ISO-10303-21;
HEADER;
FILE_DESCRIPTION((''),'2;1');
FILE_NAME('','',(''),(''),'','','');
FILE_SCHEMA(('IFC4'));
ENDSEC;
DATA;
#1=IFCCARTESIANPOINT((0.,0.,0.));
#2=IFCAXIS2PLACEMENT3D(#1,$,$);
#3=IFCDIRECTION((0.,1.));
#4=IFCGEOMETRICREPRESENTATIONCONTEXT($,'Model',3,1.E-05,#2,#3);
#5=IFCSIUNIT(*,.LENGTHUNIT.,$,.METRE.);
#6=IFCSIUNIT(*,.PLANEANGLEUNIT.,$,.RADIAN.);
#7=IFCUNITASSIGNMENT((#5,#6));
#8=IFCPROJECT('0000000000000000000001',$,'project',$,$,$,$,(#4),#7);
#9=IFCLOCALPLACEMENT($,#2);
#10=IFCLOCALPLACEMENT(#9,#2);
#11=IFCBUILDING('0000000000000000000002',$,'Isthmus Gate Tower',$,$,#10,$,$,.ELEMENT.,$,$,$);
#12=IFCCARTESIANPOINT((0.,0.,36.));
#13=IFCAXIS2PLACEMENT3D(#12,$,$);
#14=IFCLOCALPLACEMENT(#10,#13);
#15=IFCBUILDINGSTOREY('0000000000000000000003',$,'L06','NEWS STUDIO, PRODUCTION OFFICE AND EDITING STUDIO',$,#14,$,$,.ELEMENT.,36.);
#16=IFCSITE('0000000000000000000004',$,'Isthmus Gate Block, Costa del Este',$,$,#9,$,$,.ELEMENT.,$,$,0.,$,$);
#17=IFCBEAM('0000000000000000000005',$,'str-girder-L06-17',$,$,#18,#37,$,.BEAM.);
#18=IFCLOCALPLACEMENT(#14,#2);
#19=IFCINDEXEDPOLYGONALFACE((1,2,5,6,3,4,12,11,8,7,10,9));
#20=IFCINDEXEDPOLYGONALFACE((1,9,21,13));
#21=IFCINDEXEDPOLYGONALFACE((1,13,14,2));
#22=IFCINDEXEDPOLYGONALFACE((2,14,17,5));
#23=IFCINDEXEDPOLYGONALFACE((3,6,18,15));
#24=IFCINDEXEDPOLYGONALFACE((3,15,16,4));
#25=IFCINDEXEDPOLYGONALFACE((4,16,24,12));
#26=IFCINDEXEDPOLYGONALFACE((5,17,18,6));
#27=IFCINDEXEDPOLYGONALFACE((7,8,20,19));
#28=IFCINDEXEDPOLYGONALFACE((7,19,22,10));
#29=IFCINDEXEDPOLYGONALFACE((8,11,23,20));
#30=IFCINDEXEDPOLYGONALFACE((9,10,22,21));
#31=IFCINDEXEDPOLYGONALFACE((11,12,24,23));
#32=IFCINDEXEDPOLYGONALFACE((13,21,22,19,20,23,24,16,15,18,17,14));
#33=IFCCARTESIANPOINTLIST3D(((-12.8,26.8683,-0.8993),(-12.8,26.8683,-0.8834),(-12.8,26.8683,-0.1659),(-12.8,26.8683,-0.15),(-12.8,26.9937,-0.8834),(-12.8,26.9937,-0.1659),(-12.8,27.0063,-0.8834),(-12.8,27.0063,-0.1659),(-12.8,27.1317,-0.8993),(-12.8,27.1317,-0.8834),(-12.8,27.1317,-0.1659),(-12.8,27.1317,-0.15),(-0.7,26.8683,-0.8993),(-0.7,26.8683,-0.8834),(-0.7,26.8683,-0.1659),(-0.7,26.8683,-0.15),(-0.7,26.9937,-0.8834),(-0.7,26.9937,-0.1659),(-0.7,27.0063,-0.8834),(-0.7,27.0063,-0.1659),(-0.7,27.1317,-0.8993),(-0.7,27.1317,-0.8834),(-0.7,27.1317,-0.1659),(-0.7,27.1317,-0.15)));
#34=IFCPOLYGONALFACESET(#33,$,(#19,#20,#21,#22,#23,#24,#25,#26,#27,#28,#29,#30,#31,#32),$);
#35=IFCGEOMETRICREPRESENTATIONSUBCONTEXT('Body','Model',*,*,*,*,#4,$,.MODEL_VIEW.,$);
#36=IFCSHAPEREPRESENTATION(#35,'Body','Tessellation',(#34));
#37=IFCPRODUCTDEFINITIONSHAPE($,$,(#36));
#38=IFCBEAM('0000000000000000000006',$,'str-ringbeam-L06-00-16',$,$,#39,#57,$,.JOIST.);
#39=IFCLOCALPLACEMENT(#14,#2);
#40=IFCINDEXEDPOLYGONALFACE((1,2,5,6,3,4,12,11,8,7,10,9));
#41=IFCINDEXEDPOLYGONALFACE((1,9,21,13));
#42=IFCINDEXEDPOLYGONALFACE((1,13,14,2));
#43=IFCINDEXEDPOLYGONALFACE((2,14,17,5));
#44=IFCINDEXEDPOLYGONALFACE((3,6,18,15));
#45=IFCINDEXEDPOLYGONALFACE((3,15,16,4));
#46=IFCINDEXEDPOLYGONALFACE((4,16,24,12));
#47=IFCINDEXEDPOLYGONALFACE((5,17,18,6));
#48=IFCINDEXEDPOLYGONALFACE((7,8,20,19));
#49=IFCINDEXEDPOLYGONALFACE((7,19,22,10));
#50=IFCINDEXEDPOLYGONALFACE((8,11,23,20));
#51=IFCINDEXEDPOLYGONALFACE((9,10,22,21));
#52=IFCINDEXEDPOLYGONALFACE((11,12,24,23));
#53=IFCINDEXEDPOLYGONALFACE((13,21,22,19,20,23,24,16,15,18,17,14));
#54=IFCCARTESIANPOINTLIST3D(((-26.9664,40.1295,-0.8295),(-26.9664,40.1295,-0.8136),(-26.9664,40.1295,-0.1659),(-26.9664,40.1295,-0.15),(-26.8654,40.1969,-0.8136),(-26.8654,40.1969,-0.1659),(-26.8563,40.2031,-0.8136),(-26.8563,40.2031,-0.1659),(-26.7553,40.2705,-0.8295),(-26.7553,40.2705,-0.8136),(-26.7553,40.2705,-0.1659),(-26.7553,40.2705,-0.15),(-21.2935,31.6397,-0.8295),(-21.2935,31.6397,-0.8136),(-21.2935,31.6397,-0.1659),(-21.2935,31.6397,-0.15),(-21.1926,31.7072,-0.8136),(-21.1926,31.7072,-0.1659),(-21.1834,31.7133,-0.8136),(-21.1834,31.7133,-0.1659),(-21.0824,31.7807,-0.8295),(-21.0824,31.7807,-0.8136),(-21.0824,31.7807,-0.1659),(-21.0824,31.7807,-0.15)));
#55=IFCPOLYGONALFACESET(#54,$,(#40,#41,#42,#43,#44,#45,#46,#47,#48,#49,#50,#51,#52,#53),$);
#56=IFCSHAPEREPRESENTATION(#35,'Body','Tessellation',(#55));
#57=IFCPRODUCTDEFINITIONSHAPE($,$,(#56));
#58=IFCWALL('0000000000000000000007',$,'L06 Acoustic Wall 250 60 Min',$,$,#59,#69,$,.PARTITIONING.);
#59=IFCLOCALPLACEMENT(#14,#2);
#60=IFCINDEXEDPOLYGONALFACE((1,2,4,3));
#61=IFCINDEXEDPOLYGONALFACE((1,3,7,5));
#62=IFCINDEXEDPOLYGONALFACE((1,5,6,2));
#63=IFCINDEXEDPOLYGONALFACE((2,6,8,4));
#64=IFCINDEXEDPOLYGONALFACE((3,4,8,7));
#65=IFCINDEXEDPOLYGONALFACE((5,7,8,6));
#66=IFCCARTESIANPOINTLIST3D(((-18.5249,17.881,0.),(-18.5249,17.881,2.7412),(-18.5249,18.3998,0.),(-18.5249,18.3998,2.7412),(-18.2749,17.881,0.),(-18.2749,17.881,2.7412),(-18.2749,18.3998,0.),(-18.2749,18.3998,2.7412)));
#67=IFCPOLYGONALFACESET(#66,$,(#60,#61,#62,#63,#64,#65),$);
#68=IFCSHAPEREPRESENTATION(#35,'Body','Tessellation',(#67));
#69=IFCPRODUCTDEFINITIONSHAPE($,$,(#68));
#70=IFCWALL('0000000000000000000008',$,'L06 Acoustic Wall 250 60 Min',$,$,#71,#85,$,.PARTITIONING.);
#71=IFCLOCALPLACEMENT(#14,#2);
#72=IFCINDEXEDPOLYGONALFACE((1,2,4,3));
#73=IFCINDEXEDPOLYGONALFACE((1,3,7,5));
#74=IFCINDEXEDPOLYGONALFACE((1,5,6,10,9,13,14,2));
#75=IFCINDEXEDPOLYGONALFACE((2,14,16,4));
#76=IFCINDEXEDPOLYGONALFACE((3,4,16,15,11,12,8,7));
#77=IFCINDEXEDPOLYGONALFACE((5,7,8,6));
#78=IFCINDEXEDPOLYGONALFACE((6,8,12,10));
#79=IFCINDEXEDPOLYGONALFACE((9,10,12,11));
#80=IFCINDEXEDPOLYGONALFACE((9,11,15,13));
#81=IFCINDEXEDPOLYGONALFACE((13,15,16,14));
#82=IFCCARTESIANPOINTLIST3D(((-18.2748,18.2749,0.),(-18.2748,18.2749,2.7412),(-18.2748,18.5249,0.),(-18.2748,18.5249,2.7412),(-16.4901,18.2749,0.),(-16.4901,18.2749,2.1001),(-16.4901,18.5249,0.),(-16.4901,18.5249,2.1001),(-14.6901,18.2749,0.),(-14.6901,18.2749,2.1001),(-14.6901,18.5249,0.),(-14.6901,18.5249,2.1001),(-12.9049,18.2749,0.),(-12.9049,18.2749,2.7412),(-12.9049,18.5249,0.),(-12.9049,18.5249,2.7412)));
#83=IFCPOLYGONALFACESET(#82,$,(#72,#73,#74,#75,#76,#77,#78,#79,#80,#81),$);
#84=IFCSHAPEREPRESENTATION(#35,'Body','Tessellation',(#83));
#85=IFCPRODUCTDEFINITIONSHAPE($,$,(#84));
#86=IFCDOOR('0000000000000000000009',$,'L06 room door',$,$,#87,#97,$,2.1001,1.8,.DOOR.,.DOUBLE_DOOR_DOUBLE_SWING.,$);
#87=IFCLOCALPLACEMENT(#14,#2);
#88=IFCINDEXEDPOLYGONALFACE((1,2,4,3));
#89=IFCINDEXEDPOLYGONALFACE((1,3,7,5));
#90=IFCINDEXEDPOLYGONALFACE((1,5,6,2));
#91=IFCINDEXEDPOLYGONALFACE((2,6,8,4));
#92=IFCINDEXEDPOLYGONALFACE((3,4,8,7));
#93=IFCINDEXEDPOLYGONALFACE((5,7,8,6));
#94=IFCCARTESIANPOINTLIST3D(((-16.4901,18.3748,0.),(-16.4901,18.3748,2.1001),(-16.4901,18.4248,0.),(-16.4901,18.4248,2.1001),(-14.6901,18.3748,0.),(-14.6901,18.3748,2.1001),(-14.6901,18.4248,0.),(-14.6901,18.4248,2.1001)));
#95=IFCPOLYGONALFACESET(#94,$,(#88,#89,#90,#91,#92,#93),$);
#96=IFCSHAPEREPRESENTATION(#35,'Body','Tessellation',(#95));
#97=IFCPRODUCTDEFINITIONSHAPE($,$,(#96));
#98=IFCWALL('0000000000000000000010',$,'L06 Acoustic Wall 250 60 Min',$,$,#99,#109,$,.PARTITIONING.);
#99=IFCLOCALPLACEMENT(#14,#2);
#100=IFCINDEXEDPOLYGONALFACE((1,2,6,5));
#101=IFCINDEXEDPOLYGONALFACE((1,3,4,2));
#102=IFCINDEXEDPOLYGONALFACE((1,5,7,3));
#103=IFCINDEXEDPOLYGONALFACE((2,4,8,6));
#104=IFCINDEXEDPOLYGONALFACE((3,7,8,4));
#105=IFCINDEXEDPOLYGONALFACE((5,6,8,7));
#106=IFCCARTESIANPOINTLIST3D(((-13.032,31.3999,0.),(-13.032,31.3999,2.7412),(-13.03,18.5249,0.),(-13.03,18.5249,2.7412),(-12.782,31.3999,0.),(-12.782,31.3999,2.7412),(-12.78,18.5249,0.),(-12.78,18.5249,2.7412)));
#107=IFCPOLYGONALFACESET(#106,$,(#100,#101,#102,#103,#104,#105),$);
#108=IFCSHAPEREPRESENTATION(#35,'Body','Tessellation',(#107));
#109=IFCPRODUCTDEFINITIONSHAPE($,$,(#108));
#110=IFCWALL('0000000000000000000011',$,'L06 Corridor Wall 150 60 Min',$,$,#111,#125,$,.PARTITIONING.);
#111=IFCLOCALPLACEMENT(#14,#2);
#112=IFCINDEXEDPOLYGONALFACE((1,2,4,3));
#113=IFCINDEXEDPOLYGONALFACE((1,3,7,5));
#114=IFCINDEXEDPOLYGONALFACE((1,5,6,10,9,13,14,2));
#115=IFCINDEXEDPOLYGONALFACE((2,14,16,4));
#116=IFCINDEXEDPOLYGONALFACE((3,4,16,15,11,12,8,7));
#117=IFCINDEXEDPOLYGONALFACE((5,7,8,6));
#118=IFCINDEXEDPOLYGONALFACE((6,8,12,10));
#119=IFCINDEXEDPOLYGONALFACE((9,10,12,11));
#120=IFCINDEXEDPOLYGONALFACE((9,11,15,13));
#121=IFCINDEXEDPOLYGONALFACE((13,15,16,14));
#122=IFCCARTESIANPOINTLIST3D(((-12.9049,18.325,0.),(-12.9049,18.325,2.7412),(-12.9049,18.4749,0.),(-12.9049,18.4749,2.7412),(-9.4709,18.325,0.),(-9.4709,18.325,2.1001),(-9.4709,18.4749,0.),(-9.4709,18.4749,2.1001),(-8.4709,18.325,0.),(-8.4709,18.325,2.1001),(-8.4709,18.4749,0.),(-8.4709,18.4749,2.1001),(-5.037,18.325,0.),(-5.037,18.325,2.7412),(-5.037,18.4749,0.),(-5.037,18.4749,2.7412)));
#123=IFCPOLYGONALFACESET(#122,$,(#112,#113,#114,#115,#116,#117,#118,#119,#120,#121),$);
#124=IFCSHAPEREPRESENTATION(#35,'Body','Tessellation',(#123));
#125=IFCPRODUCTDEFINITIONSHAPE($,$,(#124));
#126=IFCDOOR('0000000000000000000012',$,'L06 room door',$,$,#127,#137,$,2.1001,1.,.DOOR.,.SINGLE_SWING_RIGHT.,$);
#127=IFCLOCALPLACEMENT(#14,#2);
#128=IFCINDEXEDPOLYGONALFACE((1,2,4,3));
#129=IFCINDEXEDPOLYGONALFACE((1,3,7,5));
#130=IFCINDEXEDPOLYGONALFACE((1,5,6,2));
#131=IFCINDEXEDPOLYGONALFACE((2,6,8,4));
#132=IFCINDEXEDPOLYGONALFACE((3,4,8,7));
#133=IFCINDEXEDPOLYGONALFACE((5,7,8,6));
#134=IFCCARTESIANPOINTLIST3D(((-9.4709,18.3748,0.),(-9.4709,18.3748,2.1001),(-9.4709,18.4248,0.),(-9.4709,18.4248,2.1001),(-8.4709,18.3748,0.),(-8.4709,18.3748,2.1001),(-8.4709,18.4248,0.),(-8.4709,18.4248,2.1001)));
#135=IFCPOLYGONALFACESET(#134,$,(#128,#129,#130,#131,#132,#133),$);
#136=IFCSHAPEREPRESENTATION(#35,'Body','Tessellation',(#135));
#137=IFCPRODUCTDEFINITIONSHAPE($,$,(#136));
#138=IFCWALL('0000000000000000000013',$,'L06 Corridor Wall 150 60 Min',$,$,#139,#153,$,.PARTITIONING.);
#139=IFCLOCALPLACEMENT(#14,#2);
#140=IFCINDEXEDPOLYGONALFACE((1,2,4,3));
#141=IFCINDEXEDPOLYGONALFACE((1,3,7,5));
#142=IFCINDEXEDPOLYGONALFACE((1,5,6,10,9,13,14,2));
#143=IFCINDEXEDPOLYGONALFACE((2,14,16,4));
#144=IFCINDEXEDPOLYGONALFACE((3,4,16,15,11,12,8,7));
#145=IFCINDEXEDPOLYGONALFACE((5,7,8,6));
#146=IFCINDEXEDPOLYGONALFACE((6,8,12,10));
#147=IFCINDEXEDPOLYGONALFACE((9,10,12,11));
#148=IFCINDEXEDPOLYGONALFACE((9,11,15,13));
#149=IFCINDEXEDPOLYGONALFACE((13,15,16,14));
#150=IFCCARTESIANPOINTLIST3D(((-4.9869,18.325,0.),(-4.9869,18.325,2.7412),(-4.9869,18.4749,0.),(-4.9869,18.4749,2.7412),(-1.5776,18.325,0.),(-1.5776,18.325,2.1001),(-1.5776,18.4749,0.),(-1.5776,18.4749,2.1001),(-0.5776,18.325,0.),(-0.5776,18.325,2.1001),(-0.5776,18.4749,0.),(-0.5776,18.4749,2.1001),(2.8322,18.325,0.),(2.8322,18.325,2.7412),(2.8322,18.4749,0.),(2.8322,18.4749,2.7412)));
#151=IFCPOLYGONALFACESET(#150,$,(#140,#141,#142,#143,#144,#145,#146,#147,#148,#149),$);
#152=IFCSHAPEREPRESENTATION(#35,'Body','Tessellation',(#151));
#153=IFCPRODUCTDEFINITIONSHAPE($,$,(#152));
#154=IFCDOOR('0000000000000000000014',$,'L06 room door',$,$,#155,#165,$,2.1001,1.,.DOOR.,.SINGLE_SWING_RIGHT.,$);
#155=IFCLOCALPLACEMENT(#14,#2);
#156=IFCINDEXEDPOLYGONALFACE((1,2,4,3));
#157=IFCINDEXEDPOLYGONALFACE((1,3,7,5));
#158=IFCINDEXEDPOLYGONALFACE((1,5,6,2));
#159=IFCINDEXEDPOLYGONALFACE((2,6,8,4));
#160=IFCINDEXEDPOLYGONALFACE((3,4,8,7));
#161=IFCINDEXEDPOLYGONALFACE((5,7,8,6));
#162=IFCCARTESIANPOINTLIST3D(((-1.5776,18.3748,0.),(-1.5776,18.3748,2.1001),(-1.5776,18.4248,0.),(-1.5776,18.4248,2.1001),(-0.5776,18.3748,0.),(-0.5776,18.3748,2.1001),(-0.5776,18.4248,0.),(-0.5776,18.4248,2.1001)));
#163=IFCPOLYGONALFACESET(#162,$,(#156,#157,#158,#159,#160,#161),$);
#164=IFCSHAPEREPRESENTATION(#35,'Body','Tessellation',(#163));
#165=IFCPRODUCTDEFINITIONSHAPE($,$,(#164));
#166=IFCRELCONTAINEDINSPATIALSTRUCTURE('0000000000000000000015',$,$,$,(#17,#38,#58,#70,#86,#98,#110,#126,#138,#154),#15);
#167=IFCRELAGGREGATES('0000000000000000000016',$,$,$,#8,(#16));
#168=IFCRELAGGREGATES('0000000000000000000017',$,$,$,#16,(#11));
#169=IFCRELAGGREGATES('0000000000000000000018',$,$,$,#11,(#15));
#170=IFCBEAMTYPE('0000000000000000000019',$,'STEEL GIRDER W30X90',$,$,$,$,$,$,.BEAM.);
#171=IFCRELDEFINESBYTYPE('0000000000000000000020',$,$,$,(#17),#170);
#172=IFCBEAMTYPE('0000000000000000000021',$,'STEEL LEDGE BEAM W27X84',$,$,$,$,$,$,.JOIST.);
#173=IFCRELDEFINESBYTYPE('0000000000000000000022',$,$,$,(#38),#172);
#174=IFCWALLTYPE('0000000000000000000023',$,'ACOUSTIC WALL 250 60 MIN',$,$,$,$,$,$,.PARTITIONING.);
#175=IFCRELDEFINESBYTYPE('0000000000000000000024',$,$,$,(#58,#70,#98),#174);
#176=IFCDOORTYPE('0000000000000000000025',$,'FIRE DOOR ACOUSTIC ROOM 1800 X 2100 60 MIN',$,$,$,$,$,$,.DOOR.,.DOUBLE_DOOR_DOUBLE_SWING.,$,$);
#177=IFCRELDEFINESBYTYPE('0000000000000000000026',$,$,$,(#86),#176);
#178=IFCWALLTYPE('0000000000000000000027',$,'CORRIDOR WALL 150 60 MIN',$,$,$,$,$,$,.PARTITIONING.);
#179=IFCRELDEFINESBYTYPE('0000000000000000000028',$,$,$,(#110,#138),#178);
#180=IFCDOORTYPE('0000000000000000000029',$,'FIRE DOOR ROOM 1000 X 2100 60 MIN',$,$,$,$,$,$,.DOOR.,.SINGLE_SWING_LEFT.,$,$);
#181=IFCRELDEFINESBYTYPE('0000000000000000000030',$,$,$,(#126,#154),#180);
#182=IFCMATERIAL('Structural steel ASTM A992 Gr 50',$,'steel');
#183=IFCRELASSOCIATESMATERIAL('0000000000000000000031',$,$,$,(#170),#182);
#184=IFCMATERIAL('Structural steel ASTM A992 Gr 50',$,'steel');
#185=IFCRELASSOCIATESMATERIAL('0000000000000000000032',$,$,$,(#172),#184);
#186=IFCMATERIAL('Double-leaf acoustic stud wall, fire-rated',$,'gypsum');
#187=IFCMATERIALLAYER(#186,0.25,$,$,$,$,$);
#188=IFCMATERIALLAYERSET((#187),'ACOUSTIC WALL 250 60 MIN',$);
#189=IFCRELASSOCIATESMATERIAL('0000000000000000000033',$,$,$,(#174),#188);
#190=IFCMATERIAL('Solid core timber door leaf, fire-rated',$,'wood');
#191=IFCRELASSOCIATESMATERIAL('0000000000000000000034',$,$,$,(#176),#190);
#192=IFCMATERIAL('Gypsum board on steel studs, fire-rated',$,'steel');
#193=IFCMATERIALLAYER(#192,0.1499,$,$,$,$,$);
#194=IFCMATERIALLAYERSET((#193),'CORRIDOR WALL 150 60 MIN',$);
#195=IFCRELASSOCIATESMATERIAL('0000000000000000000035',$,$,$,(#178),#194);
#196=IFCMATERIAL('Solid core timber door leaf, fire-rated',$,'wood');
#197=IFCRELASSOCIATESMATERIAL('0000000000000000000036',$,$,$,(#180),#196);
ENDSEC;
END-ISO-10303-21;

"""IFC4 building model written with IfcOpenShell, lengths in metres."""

from ifc_helpers import new_model, si_unit, direction, frame, frame_2d, origin, origin_2d, place, context, subcontext, project, spatial, rectangle, i_section, extrude, material, layer, layer_set, material_profile, profile_set, type_object, element, fill, save


model = new_model("IFC4")

# Units and contexts
model_context = context("Model", 3, precision=1e-05, world=origin(), true_north=direction((0.0, 1.0)))
body_context = subcontext(model_context, "Body", "Model", "MODEL_VIEW")
ifc_project = project(units=[si_unit("LENGTHUNIT", "METRE"), si_unit("PLANEANGLEUNIT", "RADIAN")], contexts=[model_context])

# Site, building, storey
site_placement = place(None, origin())
site = spatial("IfcSite", under=ifc_project, at=site_placement, Name="Isthmus Gate Block, Costa del Este", CompositionType="ELEMENT", RefElevation=0.0)
building_placement = place(site_placement, origin())
building = spatial("IfcBuilding", under=site, at=building_placement, Name="Isthmus Gate Tower", CompositionType="ELEMENT")
storey_placement = place(building_placement, frame((0.0, 0.0, 36.0)))
storey = spatial("IfcBuildingStorey", under=building, at=storey_placement, Name="L06", Description="NEWS STUDIO, PRODUCTION OFFICE AND EDITING STUDIO", CompositionType="ELEMENT", Elevation=36.0)

# Beams
ifc_material_1 = material(Name="Structural steel ASTM A992 Gr 50", Category="steel")
ifc_material_profile_1 = material_profile(ifc_material_1, i_section(OverallWidth=0.2634, OverallDepth=0.7493, WebThickness=0.0127, FlangeThickness=0.0159, at=origin_2d()), Name="W30X90")
ifc_profile_set_1 = profile_set([ifc_material_profile_1], Name="Structural steel ASTM A992 Gr 50")
beam_type_1 = type_object("IfcBeamType", Name="STEEL GIRDER W30X90", PredefinedType="BEAM", material=ifc_profile_set_1)
beam_1_placement = place(storey_placement, frame((-12.8, 27.0, -0.5247), z_axis=(1.0, 0.0, 0.0), x_axis=(0.0, 1.0, 0.0)))
element("IfcBeam", 1, at=beam_1_placement, inside=storey, type_object=beam_type_1, Name="str-girder-L06-17", PredefinedType="BEAM", context=body_context, shape_type="SweptSolid", body=[
    extrude(i_section(OverallWidth=0.2634, OverallDepth=0.7493, WebThickness=0.0127, FlangeThickness=0.0159, at=origin_2d()), origin(), (0.0, 0.0, 1.0), 12.1001),
])
ifc_material_2 = material(Name="Structural steel ASTM A992 Gr 50", Category="steel")
ifc_material_profile_2 = material_profile(ifc_material_2, i_section(OverallWidth=0.2539, OverallDepth=0.6794, WebThickness=0.011, FlangeThickness=0.0159, at=origin_2d()), Name="W27X84")
ifc_profile_set_2 = profile_set([ifc_material_profile_2], Name="Structural steel ASTM A992 Gr 50")
beam_type_2 = type_object("IfcBeamType", Name="STEEL LEDGE BEAM W27X84", PredefinedType="JOIST", material=ifc_profile_set_2)
beam_2_placement = place(storey_placement, frame((-21.188, 31.7102, -0.4897), z_axis=(-0.555583, 0.831461, 0.0), x_axis=(-0.831461, -0.555583, 0.0)))
element("IfcBeam", 2, at=beam_2_placement, inside=storey, type_object=beam_type_2, Name="str-ringbeam-L06-00-16", PredefinedType="JOIST", context=body_context, shape_type="SweptSolid", body=[
    extrude(i_section(OverallWidth=0.2539, OverallDepth=0.6794, WebThickness=0.011, FlangeThickness=0.0159, at=origin_2d()), origin(), (0.0, 0.0, 1.0), 10.2107),
])

# Wall
ifc_material_3 = material(Name="Double-leaf acoustic stud wall, fire-rated", Category="gypsum")
ifc_layer_1 = layer(ifc_material_3, 0.25)
ifc_layer_set_1 = layer_set([ifc_layer_1], Name="ACOUSTIC WALL 250 60 MIN")
wall_type_1 = type_object("IfcWallType", Name="ACOUSTIC WALL 250 60 MIN", PredefinedType="PARTITIONING", material=ifc_layer_set_1)
wall_1_placement = place(storey_placement, frame((-18.3999, 17.8811, 0.0), z_axis=(0.0, 0.0, 1.0), x_axis=(0.0, 1.0, 0.0)))
element("IfcWall", 3, at=wall_1_placement, inside=storey, type_object=wall_type_1, Name="L06 Acoustic Wall 250 60 Min", PredefinedType="PARTITIONING", context=body_context, shape_type="SweptSolid", body=[
    extrude(rectangle(XDim=0.5188, YDim=0.25, at=frame_2d((0.2593, 0.0))), origin(), (0.0, 0.0, 1.0), 2.7412),
])

# Wall, opening, door
wall_2_placement = place(storey_placement, frame((-18.2749, 18.3999, 0.0), z_axis=(0.0, 0.0, 1.0), x_axis=(1.0, 0.0, 0.0)))
wall_2 = element("IfcWall", 4, at=wall_2_placement, inside=storey, type_object=wall_type_1, Name="L06 Acoustic Wall 250 60 Min", PredefinedType="PARTITIONING", context=body_context, shape_type="SweptSolid", body=[
    extrude(rectangle(XDim=5.3699, YDim=0.25, at=frame_2d((2.6851, 0.0))), origin(), (0.0, 0.0, 1.0), 2.7412),
])
opening_1_placement = place(wall_2_placement, frame((1.7849, 0.0, 0.0)))
opening_1 = element("IfcOpeningElement", 5, at=opening_1_placement, cuts=wall_2, PredefinedType="OPENING", context=body_context, shape_type="SweptSolid", body=[
    extrude(rectangle(XDim=1.8, YDim=2.1001, at=frame_2d((0.8999, 1.05))), frame((0.0, 0.135, 0.0), z_axis=(0.0, -1.0, 0.0), x_axis=(1.0, 0.0, 0.0)), (0.0, 0.0, 1.0), 0.27),
])
ifc_material_4 = material(Name="Solid core timber door leaf, fire-rated", Category="wood")
door_type_1 = type_object("IfcDoorType", Name="FIRE DOOR ACOUSTIC ROOM 1800 X 2100 60 MIN", OperationType="DOUBLE_DOOR_DOUBLE_SWING", PredefinedType="DOOR", material=ifc_material_4)
door_1_placement = place(opening_1_placement, origin())
door_1 = element("IfcDoor", 6, at=door_1_placement, inside=storey, type_object=door_type_1, Name="L06 room door", OperationType="DOUBLE_DOOR_DOUBLE_SWING", OverallHeight=2.1001, OverallWidth=1.8, PredefinedType="DOOR", context=body_context, shape_type="SweptSolid", body=[
    extrude(rectangle(XDim=1.8, YDim=2.1001, at=frame_2d((0.8999, 1.05))), frame((0.0, 0.0249, 0.0), z_axis=(0.0, -1.0, 0.0), x_axis=(1.0, 0.0, 0.0)), (0.0, 0.0, 1.0), 0.05),
])
fill(opening_1, door_1)

# Wall
wall_3_placement = place(storey_placement, frame((-12.907, 31.3999, 0.0), z_axis=(0.0, 0.0, 1.0), x_axis=(0.000152, -1.0, 0.0)))
element("IfcWall", 7, at=wall_3_placement, inside=storey, type_object=wall_type_1, Name="L06 Acoustic Wall 250 60 Min", PredefinedType="PARTITIONING", context=body_context, shape_type="SweptSolid", body=[
    extrude(rectangle(XDim=12.875, YDim=0.25, at=frame_2d((6.4375, 0.0))), origin(), (0.0, 0.0, 1.0), 2.7412),
])

# Walls, openings, doors
ifc_material_5 = material(Name="Gypsum board on steel studs, fire-rated", Category="steel")
ifc_layer_2 = layer(ifc_material_5, 0.1499)
ifc_layer_set_2 = layer_set([ifc_layer_2], Name="CORRIDOR WALL 150 60 MIN")
wall_type_2 = type_object("IfcWallType", Name="CORRIDOR WALL 150 60 MIN", PredefinedType="PARTITIONING", material=ifc_layer_set_2)
wall_4_placement = place(storey_placement, frame((-12.905, 18.3999, 0.0), z_axis=(0.0, 0.0, 1.0), x_axis=(1.0, 0.0, 0.0)))
wall_4 = element("IfcWall", 8, at=wall_4_placement, inside=storey, type_object=wall_type_2, Name="L06 Corridor Wall 150 60 Min", PredefinedType="PARTITIONING", context=body_context, shape_type="SweptSolid", body=[
    extrude(rectangle(XDim=7.8679, YDim=0.1499, at=frame_2d((3.9341, 0.0))), origin(), (0.0, 0.0, 1.0), 2.7412),
])
opening_2_placement = place(wall_4_placement, frame((3.4341, 0.0, 0.0)))
opening_2 = element("IfcOpeningElement", 9, at=opening_2_placement, cuts=wall_4, PredefinedType="OPENING", context=body_context, shape_type="SweptSolid", body=[
    extrude(rectangle(XDim=1.0, YDim=2.1001, at=frame_2d((0.5, 1.05))), frame((0.0, 0.085, 0.0), z_axis=(0.0, -1.0, 0.0), x_axis=(1.0, 0.0, 0.0)), (0.0, 0.0, 1.0), 0.1699),
])
ifc_material_6 = material(Name="Solid core timber door leaf, fire-rated", Category="wood")
door_type_2 = type_object("IfcDoorType", Name="FIRE DOOR ROOM 1000 X 2100 60 MIN", OperationType="SINGLE_SWING_LEFT", PredefinedType="DOOR", material=ifc_material_6)
door_2_placement = place(opening_2_placement, origin())
door_2 = element("IfcDoor", 10, at=door_2_placement, inside=storey, type_object=door_type_2, Name="L06 room door", OperationType="SINGLE_SWING_RIGHT", OverallHeight=2.1001, OverallWidth=1.0, PredefinedType="DOOR", context=body_context, shape_type="SweptSolid", body=[
    extrude(rectangle(XDim=1.0, YDim=2.1001, at=frame_2d((0.5, 1.05))), frame((0.0, 0.0249, 0.0), z_axis=(0.0, -1.0, 0.0), x_axis=(1.0, 0.0, 0.0)), (0.0, 0.0, 1.0), 0.05),
])
fill(opening_2, door_2)
wall_5_placement = place(storey_placement, frame((-4.9871, 18.3999, 0.0), z_axis=(0.0, 0.0, 1.0), x_axis=(1.0, 0.0, 0.0)))
wall_5 = element("IfcWall", 11, at=wall_5_placement, inside=storey, type_object=wall_type_2, Name="L06 Corridor Wall 150 60 Min", PredefinedType="PARTITIONING", context=body_context, shape_type="SweptSolid", body=[
    extrude(rectangle(XDim=7.8191, YDim=0.1499, at=frame_2d((3.9097, 0.0))), origin(), (0.0, 0.0, 1.0), 2.7412),
])
opening_3_placement = place(wall_5_placement, frame((3.4094, 0.0, 0.0)))
opening_3 = element("IfcOpeningElement", 12, at=opening_3_placement, cuts=wall_5, PredefinedType="OPENING", context=body_context, shape_type="SweptSolid", body=[
    extrude(rectangle(XDim=1.0, YDim=2.1001, at=frame_2d((0.5, 1.05))), frame((0.0, 0.085, 0.0), z_axis=(0.0, -1.0, 0.0), x_axis=(1.0, 0.0, 0.0)), (0.0, 0.0, 1.0), 0.1699),
])
door_3_placement = place(opening_3_placement, origin())
door_3 = element("IfcDoor", 13, at=door_3_placement, inside=storey, type_object=door_type_2, Name="L06 room door", OperationType="SINGLE_SWING_RIGHT", OverallHeight=2.1001, OverallWidth=1.0, PredefinedType="DOOR", context=body_context, shape_type="SweptSolid", body=[
    extrude(rectangle(XDim=1.0, YDim=2.1001, at=frame_2d((0.5, 1.05))), frame((0.0, 0.0249, 0.0), z_axis=(0.0, -1.0, 0.0), x_axis=(1.0, 0.0, 0.0)), (0.0, 0.0, 1.0), 0.05),
])
fill(opening_3, door_3)

save(model, "model.ifc")
